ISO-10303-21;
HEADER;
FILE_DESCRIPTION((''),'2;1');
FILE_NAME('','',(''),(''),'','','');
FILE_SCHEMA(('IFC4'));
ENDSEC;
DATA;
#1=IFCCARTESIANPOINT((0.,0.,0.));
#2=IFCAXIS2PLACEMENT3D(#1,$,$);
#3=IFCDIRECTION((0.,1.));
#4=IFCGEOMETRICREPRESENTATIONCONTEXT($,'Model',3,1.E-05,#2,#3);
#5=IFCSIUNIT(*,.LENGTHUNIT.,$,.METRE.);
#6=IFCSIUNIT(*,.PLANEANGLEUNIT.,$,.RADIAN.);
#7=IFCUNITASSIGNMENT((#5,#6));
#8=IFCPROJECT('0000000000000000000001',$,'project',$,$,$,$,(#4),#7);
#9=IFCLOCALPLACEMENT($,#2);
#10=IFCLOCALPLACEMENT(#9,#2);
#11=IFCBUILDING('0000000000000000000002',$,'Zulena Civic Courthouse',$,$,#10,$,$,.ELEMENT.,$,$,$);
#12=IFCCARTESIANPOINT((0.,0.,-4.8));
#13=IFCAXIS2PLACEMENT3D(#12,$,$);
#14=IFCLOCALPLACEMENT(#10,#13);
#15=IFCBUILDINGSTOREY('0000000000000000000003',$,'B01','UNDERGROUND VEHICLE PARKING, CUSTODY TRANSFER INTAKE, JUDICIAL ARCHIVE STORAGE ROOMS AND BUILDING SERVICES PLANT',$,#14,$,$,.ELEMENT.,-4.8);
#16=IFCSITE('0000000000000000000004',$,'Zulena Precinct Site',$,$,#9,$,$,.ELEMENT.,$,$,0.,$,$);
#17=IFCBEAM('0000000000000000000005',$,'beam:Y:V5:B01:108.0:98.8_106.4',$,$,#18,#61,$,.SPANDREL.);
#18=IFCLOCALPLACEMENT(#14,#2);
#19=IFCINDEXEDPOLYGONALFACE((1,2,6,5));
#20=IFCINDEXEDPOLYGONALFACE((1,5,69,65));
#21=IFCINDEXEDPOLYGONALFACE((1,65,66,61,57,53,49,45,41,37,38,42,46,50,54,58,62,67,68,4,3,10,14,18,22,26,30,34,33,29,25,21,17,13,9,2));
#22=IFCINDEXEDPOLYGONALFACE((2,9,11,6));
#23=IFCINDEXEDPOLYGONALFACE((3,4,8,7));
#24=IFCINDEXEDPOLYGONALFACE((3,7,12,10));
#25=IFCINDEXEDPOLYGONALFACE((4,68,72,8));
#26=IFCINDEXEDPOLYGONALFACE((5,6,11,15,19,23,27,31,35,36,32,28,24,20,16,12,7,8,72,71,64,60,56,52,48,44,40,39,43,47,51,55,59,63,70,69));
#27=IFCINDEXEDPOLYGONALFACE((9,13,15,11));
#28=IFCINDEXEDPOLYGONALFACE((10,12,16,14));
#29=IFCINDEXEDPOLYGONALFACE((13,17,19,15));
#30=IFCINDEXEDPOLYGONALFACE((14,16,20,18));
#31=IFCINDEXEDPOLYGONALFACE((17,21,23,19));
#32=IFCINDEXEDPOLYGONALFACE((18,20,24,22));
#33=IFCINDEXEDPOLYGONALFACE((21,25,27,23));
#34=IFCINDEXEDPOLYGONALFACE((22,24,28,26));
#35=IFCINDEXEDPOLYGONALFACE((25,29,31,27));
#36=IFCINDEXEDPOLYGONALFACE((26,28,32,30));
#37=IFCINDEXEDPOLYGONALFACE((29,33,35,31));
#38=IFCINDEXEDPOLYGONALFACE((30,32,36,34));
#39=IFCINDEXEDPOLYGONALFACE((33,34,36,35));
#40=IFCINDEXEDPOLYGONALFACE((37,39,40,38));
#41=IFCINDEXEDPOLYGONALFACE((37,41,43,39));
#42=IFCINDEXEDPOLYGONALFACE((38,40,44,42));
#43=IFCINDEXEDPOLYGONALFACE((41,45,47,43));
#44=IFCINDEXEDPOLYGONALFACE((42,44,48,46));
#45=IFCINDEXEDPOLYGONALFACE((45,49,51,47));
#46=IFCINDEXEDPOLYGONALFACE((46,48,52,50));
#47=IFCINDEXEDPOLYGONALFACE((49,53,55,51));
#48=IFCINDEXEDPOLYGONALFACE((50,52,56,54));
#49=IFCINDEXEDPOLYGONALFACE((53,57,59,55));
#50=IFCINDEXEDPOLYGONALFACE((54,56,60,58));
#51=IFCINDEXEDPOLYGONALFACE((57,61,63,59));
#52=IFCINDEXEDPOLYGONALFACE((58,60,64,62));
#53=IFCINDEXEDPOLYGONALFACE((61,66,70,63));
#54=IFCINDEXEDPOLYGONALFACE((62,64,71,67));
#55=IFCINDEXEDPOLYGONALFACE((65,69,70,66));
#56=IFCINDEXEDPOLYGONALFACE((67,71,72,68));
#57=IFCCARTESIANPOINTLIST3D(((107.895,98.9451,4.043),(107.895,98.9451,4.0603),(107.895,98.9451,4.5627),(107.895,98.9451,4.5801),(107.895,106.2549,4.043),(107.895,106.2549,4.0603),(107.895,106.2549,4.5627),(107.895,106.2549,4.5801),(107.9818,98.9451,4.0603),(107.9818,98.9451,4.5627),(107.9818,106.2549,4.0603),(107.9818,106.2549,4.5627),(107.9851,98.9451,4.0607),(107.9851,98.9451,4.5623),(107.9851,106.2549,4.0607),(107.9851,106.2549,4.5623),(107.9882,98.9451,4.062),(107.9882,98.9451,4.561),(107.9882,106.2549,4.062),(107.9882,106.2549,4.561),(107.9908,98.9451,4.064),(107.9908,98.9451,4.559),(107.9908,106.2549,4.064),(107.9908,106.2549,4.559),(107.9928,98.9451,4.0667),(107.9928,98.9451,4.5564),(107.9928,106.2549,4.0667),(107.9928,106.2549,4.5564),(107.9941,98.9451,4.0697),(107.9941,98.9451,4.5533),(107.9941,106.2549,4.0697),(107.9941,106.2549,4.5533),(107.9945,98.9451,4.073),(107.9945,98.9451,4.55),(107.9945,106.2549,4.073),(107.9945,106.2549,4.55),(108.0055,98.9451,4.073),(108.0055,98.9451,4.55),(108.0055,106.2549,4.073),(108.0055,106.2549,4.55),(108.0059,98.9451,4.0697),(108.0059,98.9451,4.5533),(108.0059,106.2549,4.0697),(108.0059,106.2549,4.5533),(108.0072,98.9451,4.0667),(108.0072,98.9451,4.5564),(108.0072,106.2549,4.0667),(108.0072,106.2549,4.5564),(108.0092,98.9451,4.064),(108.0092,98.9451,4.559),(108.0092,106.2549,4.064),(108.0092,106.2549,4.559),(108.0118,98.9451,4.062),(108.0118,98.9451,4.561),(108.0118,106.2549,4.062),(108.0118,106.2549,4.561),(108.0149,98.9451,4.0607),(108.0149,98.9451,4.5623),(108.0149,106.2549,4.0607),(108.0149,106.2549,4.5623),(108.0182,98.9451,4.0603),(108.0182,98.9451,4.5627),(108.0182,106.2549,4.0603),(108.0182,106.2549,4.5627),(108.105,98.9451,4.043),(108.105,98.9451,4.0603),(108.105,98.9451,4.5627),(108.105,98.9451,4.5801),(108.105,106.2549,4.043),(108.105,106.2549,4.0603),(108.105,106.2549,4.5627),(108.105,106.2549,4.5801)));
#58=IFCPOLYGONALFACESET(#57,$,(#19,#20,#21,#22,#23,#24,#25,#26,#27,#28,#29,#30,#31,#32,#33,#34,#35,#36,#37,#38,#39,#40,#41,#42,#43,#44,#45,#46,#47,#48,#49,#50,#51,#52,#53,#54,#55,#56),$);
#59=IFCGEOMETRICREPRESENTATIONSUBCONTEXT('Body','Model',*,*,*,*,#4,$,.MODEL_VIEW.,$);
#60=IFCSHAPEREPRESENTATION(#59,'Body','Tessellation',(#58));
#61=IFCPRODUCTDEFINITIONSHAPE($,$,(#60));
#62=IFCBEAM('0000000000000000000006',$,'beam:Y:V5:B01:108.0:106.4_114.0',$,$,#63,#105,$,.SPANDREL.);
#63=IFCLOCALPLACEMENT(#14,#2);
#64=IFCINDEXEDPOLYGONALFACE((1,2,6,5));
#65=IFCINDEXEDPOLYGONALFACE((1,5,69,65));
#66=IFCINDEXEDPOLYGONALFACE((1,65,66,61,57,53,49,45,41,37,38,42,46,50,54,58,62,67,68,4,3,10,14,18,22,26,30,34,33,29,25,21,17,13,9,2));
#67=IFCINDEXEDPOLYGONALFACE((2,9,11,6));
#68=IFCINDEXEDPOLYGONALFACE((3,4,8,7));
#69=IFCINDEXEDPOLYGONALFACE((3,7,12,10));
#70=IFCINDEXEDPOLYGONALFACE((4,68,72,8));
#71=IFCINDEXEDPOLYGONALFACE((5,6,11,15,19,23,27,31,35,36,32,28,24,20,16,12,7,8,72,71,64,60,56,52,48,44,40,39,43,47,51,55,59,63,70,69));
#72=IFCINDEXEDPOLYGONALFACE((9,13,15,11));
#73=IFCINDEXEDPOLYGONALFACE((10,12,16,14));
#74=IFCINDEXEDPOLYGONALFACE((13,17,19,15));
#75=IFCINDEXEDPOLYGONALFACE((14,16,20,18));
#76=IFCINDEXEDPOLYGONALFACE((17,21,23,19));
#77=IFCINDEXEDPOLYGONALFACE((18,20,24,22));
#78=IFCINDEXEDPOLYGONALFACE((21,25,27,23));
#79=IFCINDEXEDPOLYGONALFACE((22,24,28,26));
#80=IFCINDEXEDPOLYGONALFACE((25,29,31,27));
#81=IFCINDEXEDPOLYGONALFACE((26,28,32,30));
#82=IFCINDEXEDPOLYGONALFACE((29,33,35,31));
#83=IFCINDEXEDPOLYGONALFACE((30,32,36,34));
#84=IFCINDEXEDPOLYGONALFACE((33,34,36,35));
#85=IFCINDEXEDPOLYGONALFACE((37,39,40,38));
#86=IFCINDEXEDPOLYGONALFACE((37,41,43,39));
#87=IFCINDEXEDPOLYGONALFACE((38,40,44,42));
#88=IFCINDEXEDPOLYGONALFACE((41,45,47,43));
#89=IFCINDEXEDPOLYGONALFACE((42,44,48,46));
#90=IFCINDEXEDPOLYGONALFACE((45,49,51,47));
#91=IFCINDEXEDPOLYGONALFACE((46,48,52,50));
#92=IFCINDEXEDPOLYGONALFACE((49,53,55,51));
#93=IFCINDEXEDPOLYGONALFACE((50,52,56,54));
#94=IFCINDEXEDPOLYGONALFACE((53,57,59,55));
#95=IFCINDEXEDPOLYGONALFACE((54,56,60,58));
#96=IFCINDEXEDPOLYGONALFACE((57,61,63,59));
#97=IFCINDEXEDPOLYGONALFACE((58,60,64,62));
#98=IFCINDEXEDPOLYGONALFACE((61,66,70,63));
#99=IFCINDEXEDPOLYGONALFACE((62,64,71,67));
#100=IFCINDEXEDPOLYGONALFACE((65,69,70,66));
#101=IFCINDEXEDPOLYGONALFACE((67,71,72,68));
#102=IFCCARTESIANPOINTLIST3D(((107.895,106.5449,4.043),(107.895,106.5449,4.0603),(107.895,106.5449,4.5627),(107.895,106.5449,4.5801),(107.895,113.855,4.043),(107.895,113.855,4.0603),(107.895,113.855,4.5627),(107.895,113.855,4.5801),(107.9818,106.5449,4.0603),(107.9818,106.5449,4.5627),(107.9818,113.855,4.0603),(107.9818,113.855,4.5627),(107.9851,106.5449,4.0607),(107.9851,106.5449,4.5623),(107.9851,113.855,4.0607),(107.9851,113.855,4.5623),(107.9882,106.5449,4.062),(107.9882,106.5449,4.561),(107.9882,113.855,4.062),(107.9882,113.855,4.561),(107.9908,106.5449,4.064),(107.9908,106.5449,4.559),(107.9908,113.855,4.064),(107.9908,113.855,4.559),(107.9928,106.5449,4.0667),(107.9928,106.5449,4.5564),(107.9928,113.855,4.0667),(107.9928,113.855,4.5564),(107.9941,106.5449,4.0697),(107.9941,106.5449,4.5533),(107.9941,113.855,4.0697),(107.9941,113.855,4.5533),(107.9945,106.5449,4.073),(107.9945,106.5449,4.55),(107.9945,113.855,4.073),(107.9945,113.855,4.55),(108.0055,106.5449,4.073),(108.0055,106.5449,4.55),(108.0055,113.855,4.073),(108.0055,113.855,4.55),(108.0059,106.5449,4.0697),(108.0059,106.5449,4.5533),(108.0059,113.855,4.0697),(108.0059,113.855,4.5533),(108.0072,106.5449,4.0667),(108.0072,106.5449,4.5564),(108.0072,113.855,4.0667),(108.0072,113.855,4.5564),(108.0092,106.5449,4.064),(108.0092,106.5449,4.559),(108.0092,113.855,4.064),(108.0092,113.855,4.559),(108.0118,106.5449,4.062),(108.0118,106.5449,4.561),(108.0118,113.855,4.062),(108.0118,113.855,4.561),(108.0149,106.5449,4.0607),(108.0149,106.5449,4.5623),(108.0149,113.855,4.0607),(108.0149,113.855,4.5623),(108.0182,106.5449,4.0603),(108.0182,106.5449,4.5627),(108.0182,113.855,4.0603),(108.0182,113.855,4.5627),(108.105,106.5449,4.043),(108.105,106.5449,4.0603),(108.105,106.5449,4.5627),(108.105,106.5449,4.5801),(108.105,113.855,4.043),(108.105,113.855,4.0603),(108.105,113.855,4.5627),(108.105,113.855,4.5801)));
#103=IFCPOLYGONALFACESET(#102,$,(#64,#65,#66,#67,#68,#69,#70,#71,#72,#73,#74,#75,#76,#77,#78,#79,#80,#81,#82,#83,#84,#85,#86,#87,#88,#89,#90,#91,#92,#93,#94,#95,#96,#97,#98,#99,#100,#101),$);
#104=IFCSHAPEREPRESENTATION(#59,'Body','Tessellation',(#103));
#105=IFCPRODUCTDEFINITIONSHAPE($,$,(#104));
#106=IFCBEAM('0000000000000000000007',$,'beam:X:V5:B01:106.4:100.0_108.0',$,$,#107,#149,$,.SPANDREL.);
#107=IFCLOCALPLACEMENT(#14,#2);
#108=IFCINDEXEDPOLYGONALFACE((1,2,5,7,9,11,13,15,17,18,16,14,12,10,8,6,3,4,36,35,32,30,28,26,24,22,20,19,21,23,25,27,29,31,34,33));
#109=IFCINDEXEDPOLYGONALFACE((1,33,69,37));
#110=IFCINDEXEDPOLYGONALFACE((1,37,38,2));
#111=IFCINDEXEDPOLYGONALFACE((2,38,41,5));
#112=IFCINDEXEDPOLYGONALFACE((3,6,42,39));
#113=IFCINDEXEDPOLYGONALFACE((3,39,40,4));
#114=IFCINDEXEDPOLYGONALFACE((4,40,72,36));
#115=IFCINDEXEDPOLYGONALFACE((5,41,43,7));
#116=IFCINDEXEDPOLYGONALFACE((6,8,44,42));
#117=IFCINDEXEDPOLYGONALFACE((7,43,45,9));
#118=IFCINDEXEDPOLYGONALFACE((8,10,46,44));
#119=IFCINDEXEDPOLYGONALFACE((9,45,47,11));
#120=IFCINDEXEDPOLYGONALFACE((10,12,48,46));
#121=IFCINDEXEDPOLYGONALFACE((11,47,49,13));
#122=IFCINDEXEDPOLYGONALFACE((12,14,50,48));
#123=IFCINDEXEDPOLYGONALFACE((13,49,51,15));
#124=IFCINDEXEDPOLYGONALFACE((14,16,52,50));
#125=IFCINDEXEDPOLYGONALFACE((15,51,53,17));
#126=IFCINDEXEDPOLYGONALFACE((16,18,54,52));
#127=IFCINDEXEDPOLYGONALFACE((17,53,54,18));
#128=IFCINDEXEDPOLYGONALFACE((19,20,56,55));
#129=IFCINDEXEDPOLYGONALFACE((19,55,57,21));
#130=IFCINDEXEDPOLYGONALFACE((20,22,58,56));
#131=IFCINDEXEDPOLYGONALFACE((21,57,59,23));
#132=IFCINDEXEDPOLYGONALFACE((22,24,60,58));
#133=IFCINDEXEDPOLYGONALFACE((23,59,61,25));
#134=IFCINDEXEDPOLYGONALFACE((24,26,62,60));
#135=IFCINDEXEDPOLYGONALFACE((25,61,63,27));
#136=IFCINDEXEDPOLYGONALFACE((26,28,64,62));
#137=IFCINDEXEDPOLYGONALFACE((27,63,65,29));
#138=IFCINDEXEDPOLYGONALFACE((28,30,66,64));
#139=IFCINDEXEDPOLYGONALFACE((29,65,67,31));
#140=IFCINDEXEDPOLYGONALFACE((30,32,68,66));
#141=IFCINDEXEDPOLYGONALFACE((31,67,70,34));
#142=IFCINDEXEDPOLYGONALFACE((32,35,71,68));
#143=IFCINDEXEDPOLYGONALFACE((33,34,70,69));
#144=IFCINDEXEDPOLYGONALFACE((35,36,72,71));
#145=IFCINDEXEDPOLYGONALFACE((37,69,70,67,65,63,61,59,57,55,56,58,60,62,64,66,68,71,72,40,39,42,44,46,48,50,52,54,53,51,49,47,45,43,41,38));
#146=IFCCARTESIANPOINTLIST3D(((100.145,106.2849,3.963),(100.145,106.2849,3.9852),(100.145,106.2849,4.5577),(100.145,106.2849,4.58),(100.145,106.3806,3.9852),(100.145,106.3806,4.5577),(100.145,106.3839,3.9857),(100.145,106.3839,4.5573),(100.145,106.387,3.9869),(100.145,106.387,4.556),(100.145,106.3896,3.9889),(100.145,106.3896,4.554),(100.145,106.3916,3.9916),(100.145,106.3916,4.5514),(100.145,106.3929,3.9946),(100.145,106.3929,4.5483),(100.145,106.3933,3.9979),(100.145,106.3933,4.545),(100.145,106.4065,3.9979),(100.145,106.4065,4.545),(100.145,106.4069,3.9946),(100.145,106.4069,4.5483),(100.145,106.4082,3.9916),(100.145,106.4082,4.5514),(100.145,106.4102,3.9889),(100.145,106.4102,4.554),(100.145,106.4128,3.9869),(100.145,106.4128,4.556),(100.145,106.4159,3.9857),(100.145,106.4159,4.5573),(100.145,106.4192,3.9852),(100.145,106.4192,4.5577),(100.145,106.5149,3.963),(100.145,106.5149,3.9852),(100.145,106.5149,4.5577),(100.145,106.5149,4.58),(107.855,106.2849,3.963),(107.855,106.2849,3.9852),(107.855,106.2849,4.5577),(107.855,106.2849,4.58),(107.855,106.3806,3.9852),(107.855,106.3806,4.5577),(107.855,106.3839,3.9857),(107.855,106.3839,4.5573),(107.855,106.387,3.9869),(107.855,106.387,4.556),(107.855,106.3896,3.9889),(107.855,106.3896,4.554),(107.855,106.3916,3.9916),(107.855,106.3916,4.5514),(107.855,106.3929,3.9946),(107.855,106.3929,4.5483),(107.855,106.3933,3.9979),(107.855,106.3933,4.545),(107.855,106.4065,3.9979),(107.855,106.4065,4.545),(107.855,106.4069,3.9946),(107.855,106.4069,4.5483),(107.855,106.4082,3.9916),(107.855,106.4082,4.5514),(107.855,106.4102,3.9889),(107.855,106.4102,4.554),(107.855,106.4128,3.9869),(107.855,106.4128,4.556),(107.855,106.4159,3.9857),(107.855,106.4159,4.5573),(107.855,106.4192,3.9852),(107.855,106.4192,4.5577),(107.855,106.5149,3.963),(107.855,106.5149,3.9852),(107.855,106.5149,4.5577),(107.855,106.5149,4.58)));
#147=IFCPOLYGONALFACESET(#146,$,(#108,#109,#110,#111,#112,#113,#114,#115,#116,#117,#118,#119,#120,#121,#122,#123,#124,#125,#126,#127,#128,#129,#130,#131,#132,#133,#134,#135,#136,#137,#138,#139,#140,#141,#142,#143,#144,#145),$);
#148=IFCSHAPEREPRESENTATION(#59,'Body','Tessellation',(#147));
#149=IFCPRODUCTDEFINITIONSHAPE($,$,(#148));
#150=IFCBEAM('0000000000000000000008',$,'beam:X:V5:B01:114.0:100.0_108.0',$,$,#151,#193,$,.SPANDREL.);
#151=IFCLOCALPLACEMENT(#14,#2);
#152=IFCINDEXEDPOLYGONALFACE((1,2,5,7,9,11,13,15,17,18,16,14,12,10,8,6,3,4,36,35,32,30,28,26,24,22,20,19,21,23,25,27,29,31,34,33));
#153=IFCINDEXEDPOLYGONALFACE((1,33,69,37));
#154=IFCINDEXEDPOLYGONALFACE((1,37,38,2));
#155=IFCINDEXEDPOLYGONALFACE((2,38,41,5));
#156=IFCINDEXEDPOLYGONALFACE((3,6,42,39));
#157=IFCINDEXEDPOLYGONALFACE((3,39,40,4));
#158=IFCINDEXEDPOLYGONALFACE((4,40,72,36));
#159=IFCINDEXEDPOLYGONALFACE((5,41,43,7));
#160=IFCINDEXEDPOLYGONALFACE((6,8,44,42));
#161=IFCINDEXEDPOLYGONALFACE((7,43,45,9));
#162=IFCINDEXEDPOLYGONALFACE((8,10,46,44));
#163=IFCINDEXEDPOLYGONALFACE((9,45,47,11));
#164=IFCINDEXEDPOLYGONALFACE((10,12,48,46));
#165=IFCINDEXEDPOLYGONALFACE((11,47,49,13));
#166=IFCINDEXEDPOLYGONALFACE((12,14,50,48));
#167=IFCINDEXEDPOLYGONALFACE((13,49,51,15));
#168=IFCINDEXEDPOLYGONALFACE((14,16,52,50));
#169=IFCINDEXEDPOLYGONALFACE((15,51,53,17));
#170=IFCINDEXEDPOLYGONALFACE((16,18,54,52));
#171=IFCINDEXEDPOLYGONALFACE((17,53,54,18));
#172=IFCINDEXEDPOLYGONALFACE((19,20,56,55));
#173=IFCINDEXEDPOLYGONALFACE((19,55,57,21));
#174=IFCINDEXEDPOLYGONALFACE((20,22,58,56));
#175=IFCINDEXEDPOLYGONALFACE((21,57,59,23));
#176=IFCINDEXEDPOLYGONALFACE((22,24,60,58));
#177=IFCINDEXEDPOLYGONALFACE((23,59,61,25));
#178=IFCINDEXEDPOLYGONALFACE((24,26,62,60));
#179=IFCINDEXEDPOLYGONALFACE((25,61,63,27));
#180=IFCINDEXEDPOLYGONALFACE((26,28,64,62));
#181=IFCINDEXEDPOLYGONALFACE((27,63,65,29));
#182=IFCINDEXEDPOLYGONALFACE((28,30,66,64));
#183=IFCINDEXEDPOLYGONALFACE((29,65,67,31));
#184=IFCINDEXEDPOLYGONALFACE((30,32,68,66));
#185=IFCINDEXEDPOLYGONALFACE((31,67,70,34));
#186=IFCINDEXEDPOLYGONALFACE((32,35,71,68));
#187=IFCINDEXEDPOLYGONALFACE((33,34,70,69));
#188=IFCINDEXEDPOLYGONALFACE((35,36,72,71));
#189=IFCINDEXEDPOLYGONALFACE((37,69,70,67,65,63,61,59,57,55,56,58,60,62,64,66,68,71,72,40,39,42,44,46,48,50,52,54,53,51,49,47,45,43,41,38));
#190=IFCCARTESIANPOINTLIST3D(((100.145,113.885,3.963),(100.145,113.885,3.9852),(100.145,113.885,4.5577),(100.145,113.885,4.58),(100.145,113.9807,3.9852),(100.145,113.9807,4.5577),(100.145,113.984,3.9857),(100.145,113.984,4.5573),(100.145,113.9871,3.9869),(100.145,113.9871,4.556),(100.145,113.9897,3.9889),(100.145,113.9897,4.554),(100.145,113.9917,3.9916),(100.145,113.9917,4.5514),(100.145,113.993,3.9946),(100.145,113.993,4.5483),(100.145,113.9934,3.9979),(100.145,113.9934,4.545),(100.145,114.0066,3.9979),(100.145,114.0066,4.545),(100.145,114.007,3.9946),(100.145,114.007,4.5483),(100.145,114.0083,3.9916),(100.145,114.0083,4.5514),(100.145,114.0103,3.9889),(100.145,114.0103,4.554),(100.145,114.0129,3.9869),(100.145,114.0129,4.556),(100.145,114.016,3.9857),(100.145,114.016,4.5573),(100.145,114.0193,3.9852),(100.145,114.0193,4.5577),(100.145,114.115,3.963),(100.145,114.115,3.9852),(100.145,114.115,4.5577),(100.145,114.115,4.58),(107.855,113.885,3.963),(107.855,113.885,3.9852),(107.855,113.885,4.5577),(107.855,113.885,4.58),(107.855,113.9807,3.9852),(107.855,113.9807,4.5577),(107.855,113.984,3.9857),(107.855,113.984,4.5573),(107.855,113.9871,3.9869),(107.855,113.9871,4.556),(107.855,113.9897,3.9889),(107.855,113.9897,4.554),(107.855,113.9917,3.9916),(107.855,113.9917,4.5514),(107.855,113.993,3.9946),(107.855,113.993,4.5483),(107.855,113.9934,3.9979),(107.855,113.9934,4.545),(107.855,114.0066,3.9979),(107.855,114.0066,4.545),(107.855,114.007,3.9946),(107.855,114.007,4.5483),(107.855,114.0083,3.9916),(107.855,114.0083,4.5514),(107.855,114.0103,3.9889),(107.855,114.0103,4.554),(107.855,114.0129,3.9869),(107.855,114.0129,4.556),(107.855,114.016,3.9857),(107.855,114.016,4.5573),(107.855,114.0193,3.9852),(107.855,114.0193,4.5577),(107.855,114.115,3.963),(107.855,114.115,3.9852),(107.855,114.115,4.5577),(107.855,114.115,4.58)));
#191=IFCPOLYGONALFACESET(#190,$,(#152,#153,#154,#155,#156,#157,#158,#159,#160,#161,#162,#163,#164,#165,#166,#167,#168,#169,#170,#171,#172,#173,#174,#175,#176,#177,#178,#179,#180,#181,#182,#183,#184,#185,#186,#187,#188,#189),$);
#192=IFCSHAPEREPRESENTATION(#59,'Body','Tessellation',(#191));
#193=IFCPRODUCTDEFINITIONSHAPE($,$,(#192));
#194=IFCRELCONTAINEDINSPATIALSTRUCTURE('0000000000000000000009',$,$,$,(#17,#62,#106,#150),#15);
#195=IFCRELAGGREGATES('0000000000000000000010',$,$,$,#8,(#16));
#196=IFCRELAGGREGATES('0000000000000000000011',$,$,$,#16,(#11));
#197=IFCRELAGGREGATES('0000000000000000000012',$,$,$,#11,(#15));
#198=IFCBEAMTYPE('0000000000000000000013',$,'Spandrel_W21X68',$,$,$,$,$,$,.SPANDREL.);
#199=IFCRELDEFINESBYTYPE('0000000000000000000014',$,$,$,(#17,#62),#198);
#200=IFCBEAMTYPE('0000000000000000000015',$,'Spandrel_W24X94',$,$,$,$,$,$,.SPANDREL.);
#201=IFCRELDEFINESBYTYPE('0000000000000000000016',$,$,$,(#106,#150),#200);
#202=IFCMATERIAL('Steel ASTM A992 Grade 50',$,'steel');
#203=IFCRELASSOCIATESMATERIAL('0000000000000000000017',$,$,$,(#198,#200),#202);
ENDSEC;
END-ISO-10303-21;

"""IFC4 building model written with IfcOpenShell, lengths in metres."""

from ifc_helpers import new_model, si_unit, direction, frame, origin, origin_2d, place, context, subcontext, project, spatial, i_section, extrude, material, material_profile, profile_set, type_object, element, save


model = new_model("IFC4")

# Units and contexts
model_context = context("Model", 3, precision=1e-05, world=origin(), true_north=direction((0.0, 1.0)))
body_context = subcontext(model_context, "Body", "Model", "MODEL_VIEW")
ifc_project = project(units=[si_unit("LENGTHUNIT", "METRE"), si_unit("PLANEANGLEUNIT", "RADIAN")], contexts=[model_context])

# Site, building, storey
site_placement = place(None, origin())
site = spatial("IfcSite", under=ifc_project, at=site_placement, Name="Zulena Precinct Site", CompositionType="ELEMENT", RefElevation=0.0)
building_placement = place(site_placement, origin())
building = spatial("IfcBuilding", under=site, at=building_placement, Name="Zulena Civic Courthouse", CompositionType="ELEMENT")
storey_placement = place(building_placement, frame((0.0, 0.0, -4.8)))
storey = spatial("IfcBuildingStorey", under=building, at=storey_placement, Name="B01", Description="UNDERGROUND VEHICLE PARKING, CUSTODY TRANSFER INTAKE, JUDICIAL ARCHIVE STORAGE ROOMS AND BUILDING SERVICES PLANT", CompositionType="ELEMENT", Elevation=-4.8)

# Shared definitions
ifc_material_1 = material(Name="Steel ASTM A992 Grade 50", Category="steel")

# Beams
ifc_material_profile_1 = material_profile(ifc_material_1, i_section(OverallWidth=0.21, OverallDepth=0.5371, WebThickness=0.011, FlangeThickness=0.0173, FilletRadius=0.0127, at=origin_2d()), Name="W21X68")
ifc_profile_set_1 = profile_set([ifc_material_profile_1], Name="Steel ASTM A992 Grade 50")
beam_type_1 = type_object("IfcBeamType", Name="Spandrel_W21X68", PredefinedType="SPANDREL", material=ifc_profile_set_1)
beam_1_placement = place(storey_placement, frame((108.0, 98.9451, 4.3115), z_axis=(0.0, 1.0, 0.0), x_axis=(-1.0, 0.0, 0.0)))
element("IfcBeam", 1, at=beam_1_placement, inside=storey, type_object=beam_type_1, Name="beam:Y:V5:B01:108.0:98.8_106.4", PredefinedType="SPANDREL", context=body_context, shape_type="SweptSolid", body=[
    extrude(i_section(OverallWidth=0.21, OverallDepth=0.5371, WebThickness=0.011, FlangeThickness=0.0173, FilletRadius=0.0127, at=origin_2d()), origin(), (0.0, 0.0, 1.0), 7.3098),
])
beam_2_placement = place(storey_placement, frame((108.0, 106.5449, 4.3115), z_axis=(0.0, 1.0, 0.0), x_axis=(-1.0, 0.0, 0.0)))
element("IfcBeam", 2, at=beam_2_placement, inside=storey, type_object=beam_type_1, Name="beam:Y:V5:B01:108.0:106.4_114.0", PredefinedType="SPANDREL", context=body_context, shape_type="SweptSolid", body=[
    extrude(i_section(OverallWidth=0.21, OverallDepth=0.5371, WebThickness=0.011, FlangeThickness=0.0173, FilletRadius=0.0127, at=origin_2d()), origin(), (0.0, 0.0, 1.0), 7.3101),
])
ifc_material_profile_2 = material_profile(ifc_material_1, i_section(OverallWidth=0.23, OverallDepth=0.6169, WebThickness=0.0132, FlangeThickness=0.0222, FilletRadius=0.0127, at=origin_2d()), Name="W24X94")
ifc_profile_set_2 = profile_set([ifc_material_profile_2], Name="Steel ASTM A992 Grade 50")
beam_type_2 = type_object("IfcBeamType", Name="Spandrel_W24X94", PredefinedType="SPANDREL", material=ifc_profile_set_2)
for number, where, z_axis, x_axis, name in (
    (3, (100.145, 106.3999, 4.2715), (1.0, 0.0, 0.0), (0.0, 1.0, 0.0), "beam:X:V5:B01:106.4:100.0_108.0"),
    (4, (100.145, 114.0, 4.2715), (1.0, 0.0, 0.0), (0.0, 1.0, 0.0), "beam:X:V5:B01:114.0:100.0_108.0"),
):
    element("IfcBeam", number, at=place(storey_placement, frame(where, z_axis=z_axis, x_axis=x_axis)), inside=storey, type_object=beam_type_2, Name=name, PredefinedType="SPANDREL", context=body_context, shape_type="SweptSolid", body=[
        extrude(i_section(OverallWidth=0.23, OverallDepth=0.6169, WebThickness=0.0132, FlangeThickness=0.0222, FilletRadius=0.0127, at=origin_2d()), origin(), (0.0, 0.0, 1.0), 7.71),
    ])

save(model, "model.ifc")
